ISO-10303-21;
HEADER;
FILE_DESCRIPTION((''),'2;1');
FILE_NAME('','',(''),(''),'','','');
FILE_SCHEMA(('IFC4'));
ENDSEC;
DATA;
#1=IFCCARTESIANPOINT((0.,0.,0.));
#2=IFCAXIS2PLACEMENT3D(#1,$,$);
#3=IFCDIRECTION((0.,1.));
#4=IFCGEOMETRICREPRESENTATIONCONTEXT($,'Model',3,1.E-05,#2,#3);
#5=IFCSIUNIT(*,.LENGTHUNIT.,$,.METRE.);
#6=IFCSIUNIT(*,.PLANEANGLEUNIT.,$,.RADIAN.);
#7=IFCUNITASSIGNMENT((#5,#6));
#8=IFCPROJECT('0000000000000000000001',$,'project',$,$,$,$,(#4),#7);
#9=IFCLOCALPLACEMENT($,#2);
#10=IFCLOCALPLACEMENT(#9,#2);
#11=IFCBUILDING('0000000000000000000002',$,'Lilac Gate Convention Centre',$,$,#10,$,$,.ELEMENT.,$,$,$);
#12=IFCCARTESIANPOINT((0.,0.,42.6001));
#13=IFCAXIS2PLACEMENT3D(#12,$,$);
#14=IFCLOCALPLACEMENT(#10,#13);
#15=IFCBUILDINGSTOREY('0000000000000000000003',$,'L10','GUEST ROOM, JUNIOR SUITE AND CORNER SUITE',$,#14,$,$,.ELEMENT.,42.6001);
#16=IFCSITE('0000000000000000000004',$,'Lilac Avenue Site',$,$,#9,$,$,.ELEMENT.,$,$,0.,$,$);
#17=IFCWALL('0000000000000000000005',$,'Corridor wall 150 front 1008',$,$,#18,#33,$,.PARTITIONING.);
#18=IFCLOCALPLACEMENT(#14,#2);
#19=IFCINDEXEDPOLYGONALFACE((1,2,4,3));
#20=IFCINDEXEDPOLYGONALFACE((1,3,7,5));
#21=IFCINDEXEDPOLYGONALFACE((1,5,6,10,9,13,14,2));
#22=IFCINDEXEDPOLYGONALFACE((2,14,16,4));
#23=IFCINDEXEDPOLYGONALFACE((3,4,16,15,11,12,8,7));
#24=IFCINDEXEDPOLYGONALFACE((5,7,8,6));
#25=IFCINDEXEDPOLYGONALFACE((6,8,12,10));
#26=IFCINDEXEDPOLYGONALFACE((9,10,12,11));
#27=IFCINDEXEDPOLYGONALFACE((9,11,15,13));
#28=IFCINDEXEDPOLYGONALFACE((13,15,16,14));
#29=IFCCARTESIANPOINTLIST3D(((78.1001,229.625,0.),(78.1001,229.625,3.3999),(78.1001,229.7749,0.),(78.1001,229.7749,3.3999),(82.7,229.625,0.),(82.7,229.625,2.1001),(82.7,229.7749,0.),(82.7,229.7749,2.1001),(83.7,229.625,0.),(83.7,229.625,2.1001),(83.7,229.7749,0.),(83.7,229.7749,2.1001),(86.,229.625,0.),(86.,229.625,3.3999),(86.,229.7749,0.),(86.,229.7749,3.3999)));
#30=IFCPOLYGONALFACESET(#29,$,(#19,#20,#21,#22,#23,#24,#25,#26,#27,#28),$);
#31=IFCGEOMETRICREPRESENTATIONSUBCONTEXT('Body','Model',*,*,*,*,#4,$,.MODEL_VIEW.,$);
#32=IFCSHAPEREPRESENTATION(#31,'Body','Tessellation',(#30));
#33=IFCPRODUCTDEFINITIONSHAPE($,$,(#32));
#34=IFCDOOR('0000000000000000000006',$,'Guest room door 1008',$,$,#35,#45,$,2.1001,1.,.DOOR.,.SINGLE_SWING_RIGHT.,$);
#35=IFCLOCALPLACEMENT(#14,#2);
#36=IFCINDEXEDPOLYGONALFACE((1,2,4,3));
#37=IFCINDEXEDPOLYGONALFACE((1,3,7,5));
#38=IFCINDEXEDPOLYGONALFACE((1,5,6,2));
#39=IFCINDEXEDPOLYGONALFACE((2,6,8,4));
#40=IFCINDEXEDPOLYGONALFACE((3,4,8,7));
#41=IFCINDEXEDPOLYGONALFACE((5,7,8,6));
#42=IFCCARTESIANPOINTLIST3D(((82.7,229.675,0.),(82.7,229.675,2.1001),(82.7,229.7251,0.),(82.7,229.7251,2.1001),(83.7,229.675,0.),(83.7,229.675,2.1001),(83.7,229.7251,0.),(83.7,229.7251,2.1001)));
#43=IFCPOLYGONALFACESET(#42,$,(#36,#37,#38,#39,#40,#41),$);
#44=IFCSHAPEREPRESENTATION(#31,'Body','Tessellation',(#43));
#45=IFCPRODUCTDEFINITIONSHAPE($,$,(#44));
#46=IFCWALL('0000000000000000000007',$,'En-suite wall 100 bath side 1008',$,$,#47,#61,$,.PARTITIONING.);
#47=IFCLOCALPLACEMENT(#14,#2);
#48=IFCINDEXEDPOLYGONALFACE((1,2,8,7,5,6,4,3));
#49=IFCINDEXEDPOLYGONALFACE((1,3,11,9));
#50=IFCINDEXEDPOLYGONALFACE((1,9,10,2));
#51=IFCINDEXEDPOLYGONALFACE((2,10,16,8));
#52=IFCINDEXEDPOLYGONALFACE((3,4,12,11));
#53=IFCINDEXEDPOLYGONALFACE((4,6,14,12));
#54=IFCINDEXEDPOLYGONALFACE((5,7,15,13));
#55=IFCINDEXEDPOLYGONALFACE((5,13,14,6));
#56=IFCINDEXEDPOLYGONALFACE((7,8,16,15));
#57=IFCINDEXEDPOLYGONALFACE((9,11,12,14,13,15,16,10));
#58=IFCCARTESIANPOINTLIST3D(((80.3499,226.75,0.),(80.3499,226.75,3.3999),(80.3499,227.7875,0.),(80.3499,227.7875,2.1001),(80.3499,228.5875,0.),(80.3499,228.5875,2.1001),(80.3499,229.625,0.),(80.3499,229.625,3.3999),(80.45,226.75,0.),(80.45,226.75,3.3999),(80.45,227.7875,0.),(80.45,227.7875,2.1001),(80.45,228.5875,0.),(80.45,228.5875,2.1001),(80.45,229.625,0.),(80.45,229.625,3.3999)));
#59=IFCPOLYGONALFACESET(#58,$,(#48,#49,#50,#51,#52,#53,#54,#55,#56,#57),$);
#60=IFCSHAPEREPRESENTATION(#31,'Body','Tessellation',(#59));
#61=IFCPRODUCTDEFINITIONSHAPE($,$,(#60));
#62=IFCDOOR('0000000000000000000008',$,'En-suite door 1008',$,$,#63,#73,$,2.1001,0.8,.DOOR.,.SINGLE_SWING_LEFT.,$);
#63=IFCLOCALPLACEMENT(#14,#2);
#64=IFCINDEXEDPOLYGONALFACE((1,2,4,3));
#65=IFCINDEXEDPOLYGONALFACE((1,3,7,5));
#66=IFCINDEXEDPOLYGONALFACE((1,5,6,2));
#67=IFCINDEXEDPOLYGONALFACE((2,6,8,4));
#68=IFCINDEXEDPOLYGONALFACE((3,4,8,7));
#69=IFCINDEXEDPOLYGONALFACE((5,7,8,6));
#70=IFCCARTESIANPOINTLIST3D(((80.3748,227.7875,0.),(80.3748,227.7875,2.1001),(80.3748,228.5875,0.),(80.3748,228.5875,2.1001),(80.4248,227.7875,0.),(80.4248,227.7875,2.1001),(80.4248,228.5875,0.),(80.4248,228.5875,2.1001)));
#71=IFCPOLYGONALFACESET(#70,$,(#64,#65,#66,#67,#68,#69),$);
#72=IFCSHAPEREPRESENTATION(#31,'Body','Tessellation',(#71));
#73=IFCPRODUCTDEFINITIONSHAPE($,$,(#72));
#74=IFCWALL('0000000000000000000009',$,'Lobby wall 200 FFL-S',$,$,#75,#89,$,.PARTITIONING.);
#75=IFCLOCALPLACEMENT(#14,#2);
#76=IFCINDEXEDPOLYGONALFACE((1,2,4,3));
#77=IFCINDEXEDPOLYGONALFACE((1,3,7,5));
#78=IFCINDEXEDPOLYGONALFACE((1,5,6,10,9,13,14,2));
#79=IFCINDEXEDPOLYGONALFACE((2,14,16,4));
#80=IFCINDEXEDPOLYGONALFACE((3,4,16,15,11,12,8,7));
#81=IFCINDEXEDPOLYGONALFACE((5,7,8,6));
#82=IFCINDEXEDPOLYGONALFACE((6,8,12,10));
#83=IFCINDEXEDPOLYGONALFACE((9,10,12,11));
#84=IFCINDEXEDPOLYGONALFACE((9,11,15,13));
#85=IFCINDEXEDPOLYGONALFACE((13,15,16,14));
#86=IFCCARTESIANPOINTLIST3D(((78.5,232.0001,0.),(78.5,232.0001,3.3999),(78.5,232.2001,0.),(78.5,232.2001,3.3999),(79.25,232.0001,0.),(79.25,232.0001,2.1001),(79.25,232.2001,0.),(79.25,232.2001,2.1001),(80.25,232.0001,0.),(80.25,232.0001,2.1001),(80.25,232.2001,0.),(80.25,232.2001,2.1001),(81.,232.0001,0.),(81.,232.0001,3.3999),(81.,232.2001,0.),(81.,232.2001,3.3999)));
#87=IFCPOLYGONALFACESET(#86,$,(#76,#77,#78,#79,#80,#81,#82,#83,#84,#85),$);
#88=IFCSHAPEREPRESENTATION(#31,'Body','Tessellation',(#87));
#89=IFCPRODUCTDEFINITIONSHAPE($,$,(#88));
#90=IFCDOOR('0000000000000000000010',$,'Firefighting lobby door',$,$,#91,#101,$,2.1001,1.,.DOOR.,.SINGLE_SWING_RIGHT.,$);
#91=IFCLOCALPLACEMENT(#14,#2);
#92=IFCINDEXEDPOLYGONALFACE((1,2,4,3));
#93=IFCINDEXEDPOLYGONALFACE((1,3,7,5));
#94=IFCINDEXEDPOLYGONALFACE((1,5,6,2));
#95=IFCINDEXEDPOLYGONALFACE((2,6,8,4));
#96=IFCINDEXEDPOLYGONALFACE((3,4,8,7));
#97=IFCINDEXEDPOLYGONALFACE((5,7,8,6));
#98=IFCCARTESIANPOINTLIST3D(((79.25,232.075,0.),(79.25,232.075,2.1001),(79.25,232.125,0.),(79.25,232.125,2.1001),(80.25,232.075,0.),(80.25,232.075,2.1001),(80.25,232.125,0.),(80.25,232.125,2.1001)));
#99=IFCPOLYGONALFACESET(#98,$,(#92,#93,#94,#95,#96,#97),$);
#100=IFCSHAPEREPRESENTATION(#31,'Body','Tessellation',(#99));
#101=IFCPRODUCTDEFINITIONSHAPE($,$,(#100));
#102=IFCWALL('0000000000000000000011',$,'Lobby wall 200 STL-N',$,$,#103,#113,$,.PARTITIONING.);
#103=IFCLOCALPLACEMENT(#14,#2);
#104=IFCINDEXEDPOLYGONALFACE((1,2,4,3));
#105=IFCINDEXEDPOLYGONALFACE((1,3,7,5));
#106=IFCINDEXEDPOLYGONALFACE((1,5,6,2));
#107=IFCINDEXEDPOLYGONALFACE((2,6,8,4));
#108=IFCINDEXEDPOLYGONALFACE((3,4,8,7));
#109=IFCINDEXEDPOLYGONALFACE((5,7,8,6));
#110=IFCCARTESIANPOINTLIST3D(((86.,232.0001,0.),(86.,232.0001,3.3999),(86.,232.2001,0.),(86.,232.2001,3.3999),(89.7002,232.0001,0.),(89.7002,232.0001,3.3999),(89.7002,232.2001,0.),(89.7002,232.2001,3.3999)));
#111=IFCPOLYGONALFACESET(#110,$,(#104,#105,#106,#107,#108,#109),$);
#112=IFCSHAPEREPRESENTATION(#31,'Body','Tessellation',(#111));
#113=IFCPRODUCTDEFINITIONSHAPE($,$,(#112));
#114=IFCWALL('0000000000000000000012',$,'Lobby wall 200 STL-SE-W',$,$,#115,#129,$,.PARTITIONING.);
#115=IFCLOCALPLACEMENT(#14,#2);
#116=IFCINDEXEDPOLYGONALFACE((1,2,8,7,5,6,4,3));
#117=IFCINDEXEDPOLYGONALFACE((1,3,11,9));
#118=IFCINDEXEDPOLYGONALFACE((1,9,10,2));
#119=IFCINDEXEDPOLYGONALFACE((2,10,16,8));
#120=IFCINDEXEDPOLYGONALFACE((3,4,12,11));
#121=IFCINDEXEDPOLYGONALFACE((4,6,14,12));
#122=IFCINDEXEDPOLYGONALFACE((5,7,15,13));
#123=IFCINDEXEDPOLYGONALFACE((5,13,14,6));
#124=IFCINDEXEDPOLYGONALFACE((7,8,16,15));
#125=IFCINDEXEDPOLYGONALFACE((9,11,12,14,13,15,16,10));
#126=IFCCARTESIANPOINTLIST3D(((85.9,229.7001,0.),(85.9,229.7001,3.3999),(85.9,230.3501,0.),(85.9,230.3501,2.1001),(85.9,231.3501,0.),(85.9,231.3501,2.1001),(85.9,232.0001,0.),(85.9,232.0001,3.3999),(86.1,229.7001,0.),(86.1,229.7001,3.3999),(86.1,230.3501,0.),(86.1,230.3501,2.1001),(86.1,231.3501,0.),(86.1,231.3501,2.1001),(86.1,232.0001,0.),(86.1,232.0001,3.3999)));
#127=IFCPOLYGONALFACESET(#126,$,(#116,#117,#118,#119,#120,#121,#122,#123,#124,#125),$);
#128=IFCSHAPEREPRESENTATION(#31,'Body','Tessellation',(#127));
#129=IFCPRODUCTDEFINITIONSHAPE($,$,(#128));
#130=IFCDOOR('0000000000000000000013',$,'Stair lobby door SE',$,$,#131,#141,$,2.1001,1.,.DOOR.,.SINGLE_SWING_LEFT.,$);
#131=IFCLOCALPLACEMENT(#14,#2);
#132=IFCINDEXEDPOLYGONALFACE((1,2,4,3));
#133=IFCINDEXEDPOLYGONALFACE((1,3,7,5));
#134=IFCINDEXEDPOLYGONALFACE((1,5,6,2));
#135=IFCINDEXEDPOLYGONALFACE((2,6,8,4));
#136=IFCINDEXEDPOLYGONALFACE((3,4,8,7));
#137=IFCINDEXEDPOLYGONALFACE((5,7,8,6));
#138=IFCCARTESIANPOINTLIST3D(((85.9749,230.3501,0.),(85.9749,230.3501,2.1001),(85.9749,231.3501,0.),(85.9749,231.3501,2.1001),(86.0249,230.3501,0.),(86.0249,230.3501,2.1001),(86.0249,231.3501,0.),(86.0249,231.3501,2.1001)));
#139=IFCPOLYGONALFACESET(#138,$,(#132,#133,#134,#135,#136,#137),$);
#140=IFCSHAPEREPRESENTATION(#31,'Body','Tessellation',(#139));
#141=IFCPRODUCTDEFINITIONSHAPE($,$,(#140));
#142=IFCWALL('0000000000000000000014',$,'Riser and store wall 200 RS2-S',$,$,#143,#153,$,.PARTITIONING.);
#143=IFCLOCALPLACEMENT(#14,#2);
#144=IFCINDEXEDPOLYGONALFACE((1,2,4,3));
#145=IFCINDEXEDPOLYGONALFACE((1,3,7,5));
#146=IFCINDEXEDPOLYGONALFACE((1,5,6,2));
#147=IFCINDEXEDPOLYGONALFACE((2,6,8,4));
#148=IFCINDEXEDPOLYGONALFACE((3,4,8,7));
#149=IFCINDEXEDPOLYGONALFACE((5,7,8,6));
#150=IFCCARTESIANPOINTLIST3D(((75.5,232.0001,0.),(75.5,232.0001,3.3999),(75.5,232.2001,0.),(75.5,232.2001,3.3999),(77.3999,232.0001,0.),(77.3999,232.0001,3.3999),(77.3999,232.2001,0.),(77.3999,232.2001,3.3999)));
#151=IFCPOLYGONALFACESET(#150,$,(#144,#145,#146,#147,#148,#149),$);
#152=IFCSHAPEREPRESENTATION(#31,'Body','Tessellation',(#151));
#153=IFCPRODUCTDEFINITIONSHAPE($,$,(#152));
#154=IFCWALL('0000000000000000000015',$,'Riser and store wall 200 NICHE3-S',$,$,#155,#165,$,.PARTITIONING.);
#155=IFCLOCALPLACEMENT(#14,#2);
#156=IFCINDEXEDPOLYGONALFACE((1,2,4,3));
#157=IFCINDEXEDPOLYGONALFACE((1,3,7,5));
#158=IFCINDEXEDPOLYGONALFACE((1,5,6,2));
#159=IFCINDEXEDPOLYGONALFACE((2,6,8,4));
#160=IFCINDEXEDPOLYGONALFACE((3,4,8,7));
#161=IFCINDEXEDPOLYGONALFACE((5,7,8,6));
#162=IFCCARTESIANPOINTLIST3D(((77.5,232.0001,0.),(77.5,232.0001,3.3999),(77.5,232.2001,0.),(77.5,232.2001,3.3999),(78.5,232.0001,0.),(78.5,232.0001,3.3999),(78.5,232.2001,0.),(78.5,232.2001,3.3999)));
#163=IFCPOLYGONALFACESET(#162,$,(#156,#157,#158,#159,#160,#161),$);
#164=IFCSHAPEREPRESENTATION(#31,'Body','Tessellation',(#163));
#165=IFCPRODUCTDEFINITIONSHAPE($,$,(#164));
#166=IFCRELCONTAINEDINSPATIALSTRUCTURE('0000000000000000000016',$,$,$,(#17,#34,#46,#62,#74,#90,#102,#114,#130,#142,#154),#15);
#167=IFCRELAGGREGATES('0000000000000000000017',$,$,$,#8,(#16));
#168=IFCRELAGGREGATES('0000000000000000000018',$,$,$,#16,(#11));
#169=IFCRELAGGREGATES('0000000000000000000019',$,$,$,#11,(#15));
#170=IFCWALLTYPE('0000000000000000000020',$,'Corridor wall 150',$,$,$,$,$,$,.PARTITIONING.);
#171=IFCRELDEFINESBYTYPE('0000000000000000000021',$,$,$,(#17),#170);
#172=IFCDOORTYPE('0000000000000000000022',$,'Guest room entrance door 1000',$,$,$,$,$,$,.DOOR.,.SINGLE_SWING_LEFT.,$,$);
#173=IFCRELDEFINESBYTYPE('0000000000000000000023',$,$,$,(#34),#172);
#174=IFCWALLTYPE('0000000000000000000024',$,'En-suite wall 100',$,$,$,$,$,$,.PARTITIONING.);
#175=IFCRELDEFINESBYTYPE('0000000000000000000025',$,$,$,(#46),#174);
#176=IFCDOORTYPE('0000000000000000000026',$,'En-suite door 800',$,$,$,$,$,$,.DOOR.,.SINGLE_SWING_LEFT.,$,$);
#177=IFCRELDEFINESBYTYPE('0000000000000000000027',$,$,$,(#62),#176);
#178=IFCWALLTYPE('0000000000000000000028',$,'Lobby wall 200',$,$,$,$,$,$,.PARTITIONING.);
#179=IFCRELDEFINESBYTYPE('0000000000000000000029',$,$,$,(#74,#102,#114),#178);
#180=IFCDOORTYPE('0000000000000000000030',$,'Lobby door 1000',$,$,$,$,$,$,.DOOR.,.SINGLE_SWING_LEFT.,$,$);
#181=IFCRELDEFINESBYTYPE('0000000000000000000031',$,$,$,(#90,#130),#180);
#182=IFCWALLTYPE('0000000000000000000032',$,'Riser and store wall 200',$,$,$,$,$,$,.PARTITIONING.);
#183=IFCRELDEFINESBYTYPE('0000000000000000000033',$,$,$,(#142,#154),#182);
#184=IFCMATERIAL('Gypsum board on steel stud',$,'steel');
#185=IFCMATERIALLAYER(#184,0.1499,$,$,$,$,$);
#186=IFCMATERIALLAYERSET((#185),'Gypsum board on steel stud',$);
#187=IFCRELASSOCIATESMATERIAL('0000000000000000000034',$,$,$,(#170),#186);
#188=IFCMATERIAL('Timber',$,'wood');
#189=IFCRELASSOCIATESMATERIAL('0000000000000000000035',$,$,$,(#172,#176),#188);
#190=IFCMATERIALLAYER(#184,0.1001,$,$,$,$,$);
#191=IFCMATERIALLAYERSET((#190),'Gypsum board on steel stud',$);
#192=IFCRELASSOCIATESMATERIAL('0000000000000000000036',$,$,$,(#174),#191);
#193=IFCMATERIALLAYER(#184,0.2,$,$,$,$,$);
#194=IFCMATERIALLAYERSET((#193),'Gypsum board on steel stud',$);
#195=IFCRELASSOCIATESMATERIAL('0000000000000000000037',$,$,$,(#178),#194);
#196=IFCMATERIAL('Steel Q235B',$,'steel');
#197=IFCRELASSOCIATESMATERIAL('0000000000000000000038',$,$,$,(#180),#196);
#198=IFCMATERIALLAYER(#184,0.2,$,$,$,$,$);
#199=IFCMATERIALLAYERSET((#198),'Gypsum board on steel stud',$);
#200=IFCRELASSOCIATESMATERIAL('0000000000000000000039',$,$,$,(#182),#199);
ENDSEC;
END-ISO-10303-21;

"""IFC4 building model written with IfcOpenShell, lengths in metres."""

from ifc_helpers import new_model, si_unit, direction, frame, frame_2d, origin, place, context, subcontext, project, spatial, rectangle, extrude, material, layer, layer_set, type_object, element, fill, save


model = new_model("IFC4")

# Units and contexts
model_context = context("Model", 3, precision=1e-05, world=origin(), true_north=direction((0.0, 1.0)))
body_context = subcontext(model_context, "Body", "Model", "MODEL_VIEW")
ifc_project = project(units=[si_unit("LENGTHUNIT", "METRE"), si_unit("PLANEANGLEUNIT", "RADIAN")], contexts=[model_context])

# Site, building, storey
site_placement = place(None, origin())
site = spatial("IfcSite", under=ifc_project, at=site_placement, Name="Lilac Avenue Site", CompositionType="ELEMENT", RefElevation=0.0)
building_placement = place(site_placement, origin())
building = spatial("IfcBuilding", under=site, at=building_placement, Name="Lilac Gate Convention Centre", CompositionType="ELEMENT")
storey_placement = place(building_placement, frame((0.0, 0.0, 42.6001)))
storey = spatial("IfcBuildingStorey", under=building, at=storey_placement, Name="L10", Description="GUEST ROOM, JUNIOR SUITE AND CORNER SUITE", CompositionType="ELEMENT", Elevation=42.6001)

# Shared definitions
ifc_material_1 = material(Name="Steel Q235B", Category="steel")

# Walls, openings, doors
ifc_material_2 = material(Name="Gypsum board on steel stud", Category="steel")
ifc_layer_1 = layer(ifc_material_2, 0.1499)
ifc_layer_set_1 = layer_set([ifc_layer_1], Name="Gypsum board on steel stud")
wall_type_1 = type_object("IfcWallType", Name="Corridor wall 150", PredefinedType="PARTITIONING", material=ifc_layer_set_1)
ifc_material_3 = material(Name="Timber", Category="wood")
door_type_1 = type_object("IfcDoorType", Name="Guest room entrance door 1000", OperationType="SINGLE_SWING_LEFT", PredefinedType="DOOR", material=ifc_material_3)
wall_1_placement = place(storey_placement, frame((86.0, 229.7, 0.0), z_axis=(0.0, 0.0, 1.0), x_axis=(-1.0, 0.0, 0.0)))
wall_1 = element("IfcWall", 1, at=wall_1_placement, inside=storey, type_object=wall_type_1, Name="Corridor wall 150 front 1008", PredefinedType="PARTITIONING", context=body_context, shape_type="SweptSolid", body=[
    extrude(rectangle(XDim=7.8999, YDim=0.1499, at=frame_2d((3.95, 0.0))), origin(), (0.0, 0.0, 1.0), 3.3999),
])
opening_1_placement = place(wall_1_placement, frame((2.3, 0.0, 0.0)))
opening_1 = element("IfcOpeningElement", 2, at=opening_1_placement, cuts=wall_1, PredefinedType="OPENING", context=body_context, shape_type="SweptSolid", body=[
    extrude(rectangle(XDim=1.0, YDim=2.1001, at=frame_2d((0.5, 1.05))), frame((0.0, 0.085, 0.0), z_axis=(0.0, -1.0, 0.0), x_axis=(1.0, 0.0, 0.0)), (0.0, 0.0, 1.0), 0.1699),
])
door_1_placement = place(opening_1_placement, origin())
door_1 = element("IfcDoor", 3, at=door_1_placement, inside=storey, type_object=door_type_1, Name="Guest room door 1008", OperationType="SINGLE_SWING_RIGHT", OverallHeight=2.1001, OverallWidth=1.0, PredefinedType="DOOR", context=body_context, shape_type="SweptSolid", body=[
    extrude(rectangle(XDim=1.0, YDim=2.1001, at=frame_2d((0.5, 1.05))), frame((0.0, 0.0249, 0.0), z_axis=(0.0, -1.0, 0.0), x_axis=(1.0, 0.0, 0.0)), (0.0, 0.0, 1.0), 0.05),
])
fill(opening_1, door_1)
ifc_layer_2 = layer(ifc_material_2, 0.1001)
ifc_layer_set_2 = layer_set([ifc_layer_2], Name="Gypsum board on steel stud")
wall_type_2 = type_object("IfcWallType", Name="En-suite wall 100", PredefinedType="PARTITIONING", material=ifc_layer_set_2)
wall_2_placement = place(storey_placement, frame((80.3999, 229.625, 0.0), z_axis=(0.0, 0.0, 1.0), x_axis=(0.0, -1.0, 0.0)))
wall_2 = element("IfcWall", 4, at=wall_2_placement, inside=storey, type_object=wall_type_2, Name="En-suite wall 100 bath side 1008", PredefinedType="PARTITIONING", context=body_context, shape_type="SweptSolid", body=[
    extrude(rectangle(XDim=2.875, YDim=0.1001, at=frame_2d((1.4375, 0.0))), origin(), (0.0, 0.0, 1.0), 3.3999),
])
opening_2_placement = place(wall_2_placement, frame((1.0376, 0.0, 0.0)))
opening_2 = element("IfcOpeningElement", 5, at=opening_2_placement, cuts=wall_2, PredefinedType="OPENING", context=body_context, shape_type="SweptSolid", body=[
    extrude(rectangle(XDim=0.8, YDim=2.1001, at=frame_2d((0.3999, 1.05))), frame((0.0, 0.0601, 0.0), z_axis=(0.0, -1.0, 0.0), x_axis=(1.0, 0.0, 0.0)), (0.0, 0.0, 1.0), 0.1201),
])
door_type_2 = type_object("IfcDoorType", Name="En-suite door 800", OperationType="SINGLE_SWING_LEFT", PredefinedType="DOOR", material=ifc_material_3)
door_2_placement = place(opening_2_placement, origin())
door_2 = element("IfcDoor", 6, at=door_2_placement, inside=storey, type_object=door_type_2, Name="En-suite door 1008", OperationType="SINGLE_SWING_LEFT", OverallHeight=2.1001, OverallWidth=0.8, PredefinedType="DOOR", context=body_context, shape_type="SweptSolid", body=[
    extrude(rectangle(XDim=0.8, YDim=2.1001, at=frame_2d((0.3999, 1.05))), frame((0.0, 0.0249, 0.0), z_axis=(0.0, -1.0, 0.0), x_axis=(1.0, 0.0, 0.0)), (0.0, 0.0, 1.0), 0.05),
])
fill(opening_2, door_2)
ifc_layer_3 = layer(ifc_material_2, 0.2)
ifc_layer_set_3 = layer_set([ifc_layer_3], Name="Gypsum board on steel stud")
wall_type_3 = type_object("IfcWallType", Name="Lobby wall 200", PredefinedType="PARTITIONING", material=ifc_layer_set_3)
wall_3_placement = place(storey_placement, frame((78.5, 232.1001, 0.0), z_axis=(0.0, 0.0, 1.0), x_axis=(1.0, 0.0, 0.0)))
wall_3 = element("IfcWall", 7, at=wall_3_placement, inside=storey, type_object=wall_type_3, Name="Lobby wall 200 FFL-S", PredefinedType="PARTITIONING", context=body_context, shape_type="SweptSolid", body=[
    extrude(rectangle(XDim=2.5, YDim=0.2, at=frame_2d((1.25, 0.0))), origin(), (0.0, 0.0, 1.0), 3.3999),
])
opening_3_placement = place(wall_3_placement, frame((0.75, 0.0, 0.0)))
opening_3 = element("IfcOpeningElement", 8, at=opening_3_placement, cuts=wall_3, PredefinedType="OPENING", context=body_context, shape_type="SweptSolid", body=[
    extrude(rectangle(XDim=1.0, YDim=2.1001, at=frame_2d((0.5, 1.05))), frame((0.0, 0.1099, 0.0), z_axis=(0.0, -1.0, 0.0), x_axis=(1.0, 0.0, 0.0)), (0.0, 0.0, 1.0), 0.22),
])
door_type_3 = type_object("IfcDoorType", Name="Lobby door 1000", OperationType="SINGLE_SWING_LEFT", PredefinedType="DOOR", material=ifc_material_1)
door_3_placement = place(opening_3_placement, origin())
door_3 = element("IfcDoor", 9, at=door_3_placement, inside=storey, type_object=door_type_3, Name="Firefighting lobby door", OperationType="SINGLE_SWING_RIGHT", OverallHeight=2.1001, OverallWidth=1.0, PredefinedType="DOOR", context=body_context, shape_type="SweptSolid", body=[
    extrude(rectangle(XDim=1.0, YDim=2.1001, at=frame_2d((0.5, 1.05))), frame((0.0, 0.0249, 0.0), z_axis=(0.0, -1.0, 0.0), x_axis=(1.0, 0.0, 0.0)), (0.0, 0.0, 1.0), 0.05),
])
fill(opening_3, door_3)

# Wall
wall_4_placement = place(storey_placement, frame((86.0, 232.1001, 0.0), z_axis=(0.0, 0.0, 1.0), x_axis=(1.0, 0.0, 0.0)))
element("IfcWall", 10, at=wall_4_placement, inside=storey, type_object=wall_type_3, Name="Lobby wall 200 STL-N", PredefinedType="PARTITIONING", context=body_context, shape_type="SweptSolid", body=[
    extrude(rectangle(XDim=3.7002, YDim=0.2, at=frame_2d((1.8501, 0.0))), origin(), (0.0, 0.0, 1.0), 3.3999),
])

# Wall, opening, door
wall_5_placement = place(storey_placement, frame((86.0, 232.0, 0.0), z_axis=(0.0, 0.0, 1.0), x_axis=(0.0, -1.0, 0.0)))
wall_5 = element("IfcWall", 11, at=wall_5_placement, inside=storey, type_object=wall_type_3, Name="Lobby wall 200 STL-SE-W", PredefinedType="PARTITIONING", context=body_context, shape_type="SweptSolid", body=[
    extrude(rectangle(XDim=2.3, YDim=0.2, at=frame_2d((1.1499, 0.0))), origin(), (0.0, 0.0, 1.0), 3.3999),
])
opening_4_placement = place(wall_5_placement, frame((0.6499, 0.0, 0.0)))
opening_4 = element("IfcOpeningElement", 12, at=opening_4_placement, cuts=wall_5, PredefinedType="OPENING", context=body_context, shape_type="SweptSolid", body=[
    extrude(rectangle(XDim=1.0, YDim=2.1001, at=frame_2d((0.5, 1.05))), frame((0.0, 0.1099, 0.0), z_axis=(0.0, -1.0, 0.0), x_axis=(1.0, 0.0, 0.0)), (0.0, 0.0, 1.0), 0.22),
])
door_4_placement = place(opening_4_placement, origin())
door_4 = element("IfcDoor", 13, at=door_4_placement, inside=storey, type_object=door_type_3, Name="Stair lobby door SE", OperationType="SINGLE_SWING_LEFT", OverallHeight=2.1001, OverallWidth=1.0, PredefinedType="DOOR", context=body_context, shape_type="SweptSolid", body=[
    extrude(rectangle(XDim=1.0, YDim=2.1001, at=frame_2d((0.5, 1.05))), frame((0.0, 0.0249, 0.0), z_axis=(0.0, -1.0, 0.0), x_axis=(1.0, 0.0, 0.0)), (0.0, 0.0, 1.0), 0.05),
])
fill(opening_4, door_4)

# Walls
ifc_layer_4 = layer(ifc_material_2, 0.2)
ifc_layer_set_4 = layer_set([ifc_layer_4], Name="Gypsum board on steel stud")
wall_type_4 = type_object("IfcWallType", Name="Riser and store wall 200", PredefinedType="PARTITIONING", material=ifc_layer_set_4)
wall_6_placement = place(storey_placement, frame((75.5, 232.1001, 0.0), z_axis=(0.0, 0.0, 1.0), x_axis=(1.0, 0.0, 0.0)))
element("IfcWall", 14, at=wall_6_placement, inside=storey, type_object=wall_type_4, Name="Riser and store wall 200 RS2-S", PredefinedType="PARTITIONING", context=body_context, shape_type="SweptSolid", body=[
    extrude(rectangle(XDim=1.8999, YDim=0.2, at=frame_2d((0.95, 0.0))), origin(), (0.0, 0.0, 1.0), 3.3999),
])
wall_7_placement = place(storey_placement, frame((77.5, 232.1001, 0.0), z_axis=(0.0, 0.0, 1.0), x_axis=(1.0, 0.0, 0.0)))
element("IfcWall", 15, at=wall_7_placement, inside=storey, type_object=wall_type_4, Name="Riser and store wall 200 NICHE3-S", PredefinedType="PARTITIONING", context=body_context, shape_type="SweptSolid", body=[
    extrude(rectangle(XDim=1.0, YDim=0.2, at=frame_2d((0.5, 0.0))), origin(), (0.0, 0.0, 1.0), 3.3999),
])

save(model, "model.ifc")
